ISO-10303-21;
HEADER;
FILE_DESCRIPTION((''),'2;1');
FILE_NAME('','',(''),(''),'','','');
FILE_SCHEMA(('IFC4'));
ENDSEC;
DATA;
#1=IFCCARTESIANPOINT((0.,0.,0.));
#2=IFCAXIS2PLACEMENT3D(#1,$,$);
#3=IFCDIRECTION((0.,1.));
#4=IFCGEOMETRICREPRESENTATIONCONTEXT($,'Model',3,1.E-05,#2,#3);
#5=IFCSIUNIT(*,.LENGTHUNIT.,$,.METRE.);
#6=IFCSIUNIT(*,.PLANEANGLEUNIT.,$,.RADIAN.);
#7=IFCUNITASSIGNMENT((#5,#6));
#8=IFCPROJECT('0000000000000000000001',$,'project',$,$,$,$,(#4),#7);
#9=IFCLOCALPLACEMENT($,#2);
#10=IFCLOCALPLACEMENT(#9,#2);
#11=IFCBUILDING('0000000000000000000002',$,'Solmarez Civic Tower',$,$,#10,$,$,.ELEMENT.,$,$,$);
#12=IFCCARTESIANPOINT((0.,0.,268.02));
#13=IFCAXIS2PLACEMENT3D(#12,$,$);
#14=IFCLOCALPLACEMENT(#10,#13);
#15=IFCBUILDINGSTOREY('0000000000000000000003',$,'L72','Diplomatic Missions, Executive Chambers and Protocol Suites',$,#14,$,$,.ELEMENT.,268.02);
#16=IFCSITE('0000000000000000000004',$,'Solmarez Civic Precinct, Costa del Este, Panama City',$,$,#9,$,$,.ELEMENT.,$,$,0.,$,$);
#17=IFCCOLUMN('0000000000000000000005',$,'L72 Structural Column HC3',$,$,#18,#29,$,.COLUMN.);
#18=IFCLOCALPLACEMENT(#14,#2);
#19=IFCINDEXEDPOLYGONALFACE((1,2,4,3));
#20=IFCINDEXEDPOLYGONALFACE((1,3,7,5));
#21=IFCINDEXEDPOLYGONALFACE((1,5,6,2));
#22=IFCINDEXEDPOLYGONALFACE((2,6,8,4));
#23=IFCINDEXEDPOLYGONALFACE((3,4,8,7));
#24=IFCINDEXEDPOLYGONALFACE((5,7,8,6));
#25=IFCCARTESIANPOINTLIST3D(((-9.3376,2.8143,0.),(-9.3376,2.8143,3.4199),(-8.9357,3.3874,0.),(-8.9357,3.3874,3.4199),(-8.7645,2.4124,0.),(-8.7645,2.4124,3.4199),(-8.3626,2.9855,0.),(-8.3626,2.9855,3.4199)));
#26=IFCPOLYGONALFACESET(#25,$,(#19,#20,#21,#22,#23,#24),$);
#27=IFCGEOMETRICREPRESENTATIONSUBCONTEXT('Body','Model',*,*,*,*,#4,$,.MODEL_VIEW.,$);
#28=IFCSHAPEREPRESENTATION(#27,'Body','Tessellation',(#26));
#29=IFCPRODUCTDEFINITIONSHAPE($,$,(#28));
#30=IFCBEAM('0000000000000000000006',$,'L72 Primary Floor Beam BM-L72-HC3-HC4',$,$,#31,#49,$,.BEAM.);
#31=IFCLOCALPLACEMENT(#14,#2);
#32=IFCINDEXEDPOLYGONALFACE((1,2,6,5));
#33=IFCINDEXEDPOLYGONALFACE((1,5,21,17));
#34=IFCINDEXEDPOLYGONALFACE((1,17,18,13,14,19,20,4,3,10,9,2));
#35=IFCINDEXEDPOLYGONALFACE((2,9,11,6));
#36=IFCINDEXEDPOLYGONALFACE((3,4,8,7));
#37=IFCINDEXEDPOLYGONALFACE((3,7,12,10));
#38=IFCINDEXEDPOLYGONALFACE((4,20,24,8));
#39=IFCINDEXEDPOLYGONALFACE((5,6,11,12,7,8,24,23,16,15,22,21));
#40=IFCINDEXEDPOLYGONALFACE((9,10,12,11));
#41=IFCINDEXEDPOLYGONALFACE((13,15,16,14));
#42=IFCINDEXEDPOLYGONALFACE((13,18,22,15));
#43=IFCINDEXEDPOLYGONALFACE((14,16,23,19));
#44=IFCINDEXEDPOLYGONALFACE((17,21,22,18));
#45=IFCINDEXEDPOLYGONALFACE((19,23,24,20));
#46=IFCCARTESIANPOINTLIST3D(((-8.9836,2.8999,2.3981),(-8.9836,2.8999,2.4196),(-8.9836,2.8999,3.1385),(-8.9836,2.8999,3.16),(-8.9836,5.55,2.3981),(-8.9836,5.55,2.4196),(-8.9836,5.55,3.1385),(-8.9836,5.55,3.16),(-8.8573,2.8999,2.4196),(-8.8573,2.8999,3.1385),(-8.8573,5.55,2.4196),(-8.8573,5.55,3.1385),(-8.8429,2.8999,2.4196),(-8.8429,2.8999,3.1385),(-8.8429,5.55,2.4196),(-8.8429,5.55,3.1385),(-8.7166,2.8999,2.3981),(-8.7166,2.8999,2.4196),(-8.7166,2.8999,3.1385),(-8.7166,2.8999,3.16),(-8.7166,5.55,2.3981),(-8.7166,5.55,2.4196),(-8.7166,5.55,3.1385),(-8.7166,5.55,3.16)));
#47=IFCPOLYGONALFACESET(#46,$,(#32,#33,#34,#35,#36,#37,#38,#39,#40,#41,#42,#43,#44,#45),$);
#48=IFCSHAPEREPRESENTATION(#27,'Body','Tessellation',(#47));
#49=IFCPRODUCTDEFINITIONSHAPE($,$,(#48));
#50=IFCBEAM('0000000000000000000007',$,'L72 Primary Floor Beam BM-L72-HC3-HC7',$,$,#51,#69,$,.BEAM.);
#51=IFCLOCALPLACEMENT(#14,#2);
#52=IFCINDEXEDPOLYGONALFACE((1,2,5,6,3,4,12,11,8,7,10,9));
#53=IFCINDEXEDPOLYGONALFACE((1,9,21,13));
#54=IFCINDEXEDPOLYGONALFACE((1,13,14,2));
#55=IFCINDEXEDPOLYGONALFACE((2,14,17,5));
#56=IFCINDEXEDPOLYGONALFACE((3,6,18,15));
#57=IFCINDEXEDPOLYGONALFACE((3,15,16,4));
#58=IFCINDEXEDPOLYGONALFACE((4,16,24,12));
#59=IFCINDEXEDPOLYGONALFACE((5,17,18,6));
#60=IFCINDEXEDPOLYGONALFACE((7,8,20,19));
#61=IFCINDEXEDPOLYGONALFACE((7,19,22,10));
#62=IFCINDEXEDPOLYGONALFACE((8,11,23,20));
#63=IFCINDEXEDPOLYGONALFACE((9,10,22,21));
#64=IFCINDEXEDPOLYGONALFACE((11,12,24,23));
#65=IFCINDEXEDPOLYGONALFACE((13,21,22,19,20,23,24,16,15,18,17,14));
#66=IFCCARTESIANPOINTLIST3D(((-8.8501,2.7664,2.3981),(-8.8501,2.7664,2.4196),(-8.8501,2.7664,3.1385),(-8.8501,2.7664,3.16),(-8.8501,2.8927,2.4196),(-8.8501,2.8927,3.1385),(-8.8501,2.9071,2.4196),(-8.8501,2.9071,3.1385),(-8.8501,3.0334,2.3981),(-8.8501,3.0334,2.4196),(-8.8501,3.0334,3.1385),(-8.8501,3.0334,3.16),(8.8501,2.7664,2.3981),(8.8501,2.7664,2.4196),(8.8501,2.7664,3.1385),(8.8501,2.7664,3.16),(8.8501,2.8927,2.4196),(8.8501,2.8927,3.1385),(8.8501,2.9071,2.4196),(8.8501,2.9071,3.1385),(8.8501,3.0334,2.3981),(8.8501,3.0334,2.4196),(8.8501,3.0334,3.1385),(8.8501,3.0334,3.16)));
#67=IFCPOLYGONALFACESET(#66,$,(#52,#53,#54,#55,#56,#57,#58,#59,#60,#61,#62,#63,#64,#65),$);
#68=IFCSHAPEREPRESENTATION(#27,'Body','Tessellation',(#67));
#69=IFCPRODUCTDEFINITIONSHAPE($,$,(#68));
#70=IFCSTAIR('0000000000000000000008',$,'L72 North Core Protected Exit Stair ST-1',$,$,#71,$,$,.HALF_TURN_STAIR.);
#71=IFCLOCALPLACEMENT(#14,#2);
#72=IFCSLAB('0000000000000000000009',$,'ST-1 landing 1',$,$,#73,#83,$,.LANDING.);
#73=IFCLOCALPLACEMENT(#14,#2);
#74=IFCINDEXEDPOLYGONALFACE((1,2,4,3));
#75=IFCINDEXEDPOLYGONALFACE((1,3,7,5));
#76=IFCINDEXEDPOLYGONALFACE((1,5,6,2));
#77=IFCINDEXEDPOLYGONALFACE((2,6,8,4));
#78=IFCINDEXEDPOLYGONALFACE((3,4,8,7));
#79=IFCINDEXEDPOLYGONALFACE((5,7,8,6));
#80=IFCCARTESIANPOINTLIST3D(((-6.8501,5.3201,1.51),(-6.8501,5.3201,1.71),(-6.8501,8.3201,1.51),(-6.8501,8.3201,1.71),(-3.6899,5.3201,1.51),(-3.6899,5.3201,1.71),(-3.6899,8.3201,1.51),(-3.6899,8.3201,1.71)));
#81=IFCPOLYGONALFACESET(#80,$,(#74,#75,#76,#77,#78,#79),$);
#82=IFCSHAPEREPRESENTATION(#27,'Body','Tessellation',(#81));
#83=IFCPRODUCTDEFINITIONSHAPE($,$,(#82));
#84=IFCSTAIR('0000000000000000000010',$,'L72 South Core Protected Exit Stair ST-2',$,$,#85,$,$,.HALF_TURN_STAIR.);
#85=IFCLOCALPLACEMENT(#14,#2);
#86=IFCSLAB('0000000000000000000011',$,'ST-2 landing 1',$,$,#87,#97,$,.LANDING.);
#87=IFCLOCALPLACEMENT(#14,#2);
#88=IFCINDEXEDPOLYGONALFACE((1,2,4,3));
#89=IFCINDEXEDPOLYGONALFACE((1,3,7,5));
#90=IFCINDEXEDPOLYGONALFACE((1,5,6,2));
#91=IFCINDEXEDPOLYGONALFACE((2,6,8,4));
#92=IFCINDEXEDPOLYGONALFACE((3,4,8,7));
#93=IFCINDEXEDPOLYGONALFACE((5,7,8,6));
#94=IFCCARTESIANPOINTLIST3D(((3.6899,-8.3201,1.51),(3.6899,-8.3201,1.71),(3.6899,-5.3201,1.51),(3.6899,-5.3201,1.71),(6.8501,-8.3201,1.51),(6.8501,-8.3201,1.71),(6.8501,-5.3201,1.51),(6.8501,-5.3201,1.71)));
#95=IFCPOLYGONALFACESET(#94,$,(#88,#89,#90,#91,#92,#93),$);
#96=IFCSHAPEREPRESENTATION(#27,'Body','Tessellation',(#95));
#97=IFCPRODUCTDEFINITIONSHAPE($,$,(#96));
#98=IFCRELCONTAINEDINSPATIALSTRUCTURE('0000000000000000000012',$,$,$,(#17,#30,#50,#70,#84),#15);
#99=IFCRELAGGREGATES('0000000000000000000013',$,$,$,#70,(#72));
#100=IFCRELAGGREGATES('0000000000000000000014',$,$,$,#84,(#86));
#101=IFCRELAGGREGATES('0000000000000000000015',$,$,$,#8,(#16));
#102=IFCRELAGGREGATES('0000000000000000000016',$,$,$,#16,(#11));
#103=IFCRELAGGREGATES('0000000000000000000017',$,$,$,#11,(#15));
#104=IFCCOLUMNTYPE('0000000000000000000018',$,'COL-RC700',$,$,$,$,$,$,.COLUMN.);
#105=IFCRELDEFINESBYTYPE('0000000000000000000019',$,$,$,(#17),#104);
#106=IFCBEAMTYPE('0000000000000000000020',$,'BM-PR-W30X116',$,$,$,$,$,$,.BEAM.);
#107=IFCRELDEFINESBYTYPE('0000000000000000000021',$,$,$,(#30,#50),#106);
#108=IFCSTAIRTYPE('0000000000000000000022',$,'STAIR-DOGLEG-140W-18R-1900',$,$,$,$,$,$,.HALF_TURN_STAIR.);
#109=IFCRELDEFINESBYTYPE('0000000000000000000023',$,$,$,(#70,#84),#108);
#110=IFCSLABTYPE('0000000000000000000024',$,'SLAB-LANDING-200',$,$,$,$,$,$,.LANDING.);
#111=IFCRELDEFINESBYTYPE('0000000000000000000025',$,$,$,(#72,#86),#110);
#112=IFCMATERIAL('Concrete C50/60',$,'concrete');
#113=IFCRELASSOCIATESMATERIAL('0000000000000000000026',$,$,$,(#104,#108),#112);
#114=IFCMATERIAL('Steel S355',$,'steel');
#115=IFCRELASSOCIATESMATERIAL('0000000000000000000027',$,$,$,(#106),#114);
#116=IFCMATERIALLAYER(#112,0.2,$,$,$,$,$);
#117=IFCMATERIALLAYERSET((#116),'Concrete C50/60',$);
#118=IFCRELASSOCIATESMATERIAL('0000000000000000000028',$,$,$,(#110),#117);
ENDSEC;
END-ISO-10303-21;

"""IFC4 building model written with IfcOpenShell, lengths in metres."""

from ifc_helpers import new_model, si_unit, direction, frame, origin, origin_2d, place, context, subcontext, project, spatial, polyline, rectangle, i_section, outline, extrude, material, layer, layer_set, material_profile, profile_set, type_object, element, aggregate, save


model = new_model("IFC4")

# Units and contexts
model_context = context("Model", 3, precision=1e-05, world=origin(), true_north=direction((0.0, 1.0)))
body_context = subcontext(model_context, "Body", "Model", "MODEL_VIEW")
ifc_project = project(units=[si_unit("LENGTHUNIT", "METRE"), si_unit("PLANEANGLEUNIT", "RADIAN")], contexts=[model_context])

# Site, building, storey
site_placement = place(None, origin())
site = spatial("IfcSite", under=ifc_project, at=site_placement, Name="Solmarez Civic Precinct, Costa del Este, Panama City", CompositionType="ELEMENT", RefElevation=0.0)
building_placement = place(site_placement, origin())
building = spatial("IfcBuilding", under=site, at=building_placement, Name="Solmarez Civic Tower", CompositionType="ELEMENT")
storey_placement = place(building_placement, frame((0.0, 0.0, 268.02)))
storey = spatial("IfcBuildingStorey", under=building, at=storey_placement, Name="L72", Description="Diplomatic Missions, Executive Chambers and Protocol Suites", CompositionType="ELEMENT", Elevation=268.02)

# Column
ifc_material_1 = material(Name="Concrete C50/60", Category="concrete")
ifc_material_profile_1 = material_profile(ifc_material_1, rectangle(XDim=0.7, YDim=0.7, at=origin_2d()), Name="RC700X700")
ifc_profile_set_1 = profile_set([ifc_material_profile_1], Name="Concrete C50/60")
column_type = type_object("IfcColumnType", Name="COL-RC700", PredefinedType="COLUMN", material=ifc_profile_set_1)
column_placement = place(storey_placement, frame((-8.8501, 2.8999, 0.0), z_axis=(0.0, 0.0, 1.0), x_axis=(0.574148, 0.818751, 0.0)))
element("IfcColumn", 1, at=column_placement, inside=storey, type_object=column_type, Name="L72 Structural Column HC3", PredefinedType="COLUMN", context=body_context, shape_type="SweptSolid", body=[
    extrude(rectangle(XDim=0.7, YDim=0.7, at=origin_2d()), origin(), (0.0, 0.0, 1.0), 3.4199),
])

# Beams
ifc_material_2 = material(Name="Steel S355", Category="steel")
ifc_material_profile_2 = material_profile(ifc_material_2, i_section(OverallWidth=0.2671, OverallDepth=0.762, WebThickness=0.0144, FlangeThickness=0.0215, at=origin_2d()), Name="W30X116")
ifc_profile_set_2 = profile_set([ifc_material_profile_2], Name="Steel S355")
beam_type = type_object("IfcBeamType", Name="BM-PR-W30X116", PredefinedType="BEAM", material=ifc_profile_set_2)
beam_1_placement = place(storey_placement, frame((-8.8501, 2.8999, 2.7791), z_axis=(0.0, 1.0, 0.0), x_axis=(-1.0, 0.0, 0.0)))
element("IfcBeam", 2, at=beam_1_placement, inside=storey, type_object=beam_type, Name="L72 Primary Floor Beam BM-L72-HC3-HC4", PredefinedType="BEAM", context=body_context, shape_type="SweptSolid", body=[
    extrude(i_section(OverallWidth=0.2671, OverallDepth=0.762, WebThickness=0.0144, FlangeThickness=0.0215, at=origin_2d()), origin(), (0.0, 0.0, 1.0), 2.6501),
])
beam_2_placement = place(storey_placement, frame((-8.8501, 2.8999, 2.7791), z_axis=(1.0, 0.0, 0.0), x_axis=(0.0, 1.0, 0.0)))
element("IfcBeam", 3, at=beam_2_placement, inside=storey, type_object=beam_type, Name="L72 Primary Floor Beam BM-L72-HC3-HC7", PredefinedType="BEAM", context=body_context, shape_type="SweptSolid", body=[
    extrude(i_section(OverallWidth=0.2671, OverallDepth=0.762, WebThickness=0.0144, FlangeThickness=0.0215, at=origin_2d()), origin(), (0.0, 0.0, 1.0), 17.7002),
])

# Stairs, slabs
stair_type = type_object("IfcStairType", Name="STAIR-DOGLEG-140W-18R-1900", PredefinedType="HALF_TURN_STAIR", material=ifc_material_1)
stair_1_placement = place(storey_placement, origin())
stair_1 = element("IfcStair", 4, at=stair_1_placement, inside=storey, type_object=stair_type, Name="L72 North Core Protected Exit Stair ST-1", PredefinedType="HALF_TURN_STAIR")
ifc_layer_1 = layer(ifc_material_1, 0.2)
ifc_layer_set_1 = layer_set([ifc_layer_1], Name="Concrete C50/60")
slab_type_1 = type_object("IfcSlabType", Name="SLAB-LANDING-200", PredefinedType="LANDING", material=ifc_layer_set_1)
slab_1_placement = place(storey_placement, frame((0.0, 0.0, 1.51)))
slab_1 = element("IfcSlab", 5, at=slab_1_placement, type_object=slab_type_1, Name="ST-1 landing 1", PredefinedType="LANDING", context=body_context, shape_type="SweptSolid", body=[
    extrude(outline(polyline([(-3.6899, 8.3201), (-6.8501, 8.3201), (-6.8501, 5.3201), (-3.6899, 5.3201), (-3.6899, 8.3201)])), origin(), (0.0, 0.0, 1.0), 0.2),
])
aggregate(stair_1, [slab_1])
stair_2_placement = place(storey_placement, origin())
stair_2 = element("IfcStair", 6, at=stair_2_placement, inside=storey, type_object=stair_type, Name="L72 South Core Protected Exit Stair ST-2", PredefinedType="HALF_TURN_STAIR")
slab_2_placement = place(storey_placement, frame((0.0, 0.0, 1.51)))
slab_2 = element("IfcSlab", 7, at=slab_2_placement, type_object=slab_type_1, Name="ST-2 landing 1", PredefinedType="LANDING", context=body_context, shape_type="SweptSolid", body=[
    extrude(outline(polyline([(3.6899, -8.3201), (6.8501, -8.3201), (6.8501, -5.3201), (3.6899, -5.3201), (3.6899, -8.3201)])), origin(), (0.0, 0.0, 1.0), 0.2),
])
aggregate(stair_2, [slab_2])

save(model, "model.ifc")
